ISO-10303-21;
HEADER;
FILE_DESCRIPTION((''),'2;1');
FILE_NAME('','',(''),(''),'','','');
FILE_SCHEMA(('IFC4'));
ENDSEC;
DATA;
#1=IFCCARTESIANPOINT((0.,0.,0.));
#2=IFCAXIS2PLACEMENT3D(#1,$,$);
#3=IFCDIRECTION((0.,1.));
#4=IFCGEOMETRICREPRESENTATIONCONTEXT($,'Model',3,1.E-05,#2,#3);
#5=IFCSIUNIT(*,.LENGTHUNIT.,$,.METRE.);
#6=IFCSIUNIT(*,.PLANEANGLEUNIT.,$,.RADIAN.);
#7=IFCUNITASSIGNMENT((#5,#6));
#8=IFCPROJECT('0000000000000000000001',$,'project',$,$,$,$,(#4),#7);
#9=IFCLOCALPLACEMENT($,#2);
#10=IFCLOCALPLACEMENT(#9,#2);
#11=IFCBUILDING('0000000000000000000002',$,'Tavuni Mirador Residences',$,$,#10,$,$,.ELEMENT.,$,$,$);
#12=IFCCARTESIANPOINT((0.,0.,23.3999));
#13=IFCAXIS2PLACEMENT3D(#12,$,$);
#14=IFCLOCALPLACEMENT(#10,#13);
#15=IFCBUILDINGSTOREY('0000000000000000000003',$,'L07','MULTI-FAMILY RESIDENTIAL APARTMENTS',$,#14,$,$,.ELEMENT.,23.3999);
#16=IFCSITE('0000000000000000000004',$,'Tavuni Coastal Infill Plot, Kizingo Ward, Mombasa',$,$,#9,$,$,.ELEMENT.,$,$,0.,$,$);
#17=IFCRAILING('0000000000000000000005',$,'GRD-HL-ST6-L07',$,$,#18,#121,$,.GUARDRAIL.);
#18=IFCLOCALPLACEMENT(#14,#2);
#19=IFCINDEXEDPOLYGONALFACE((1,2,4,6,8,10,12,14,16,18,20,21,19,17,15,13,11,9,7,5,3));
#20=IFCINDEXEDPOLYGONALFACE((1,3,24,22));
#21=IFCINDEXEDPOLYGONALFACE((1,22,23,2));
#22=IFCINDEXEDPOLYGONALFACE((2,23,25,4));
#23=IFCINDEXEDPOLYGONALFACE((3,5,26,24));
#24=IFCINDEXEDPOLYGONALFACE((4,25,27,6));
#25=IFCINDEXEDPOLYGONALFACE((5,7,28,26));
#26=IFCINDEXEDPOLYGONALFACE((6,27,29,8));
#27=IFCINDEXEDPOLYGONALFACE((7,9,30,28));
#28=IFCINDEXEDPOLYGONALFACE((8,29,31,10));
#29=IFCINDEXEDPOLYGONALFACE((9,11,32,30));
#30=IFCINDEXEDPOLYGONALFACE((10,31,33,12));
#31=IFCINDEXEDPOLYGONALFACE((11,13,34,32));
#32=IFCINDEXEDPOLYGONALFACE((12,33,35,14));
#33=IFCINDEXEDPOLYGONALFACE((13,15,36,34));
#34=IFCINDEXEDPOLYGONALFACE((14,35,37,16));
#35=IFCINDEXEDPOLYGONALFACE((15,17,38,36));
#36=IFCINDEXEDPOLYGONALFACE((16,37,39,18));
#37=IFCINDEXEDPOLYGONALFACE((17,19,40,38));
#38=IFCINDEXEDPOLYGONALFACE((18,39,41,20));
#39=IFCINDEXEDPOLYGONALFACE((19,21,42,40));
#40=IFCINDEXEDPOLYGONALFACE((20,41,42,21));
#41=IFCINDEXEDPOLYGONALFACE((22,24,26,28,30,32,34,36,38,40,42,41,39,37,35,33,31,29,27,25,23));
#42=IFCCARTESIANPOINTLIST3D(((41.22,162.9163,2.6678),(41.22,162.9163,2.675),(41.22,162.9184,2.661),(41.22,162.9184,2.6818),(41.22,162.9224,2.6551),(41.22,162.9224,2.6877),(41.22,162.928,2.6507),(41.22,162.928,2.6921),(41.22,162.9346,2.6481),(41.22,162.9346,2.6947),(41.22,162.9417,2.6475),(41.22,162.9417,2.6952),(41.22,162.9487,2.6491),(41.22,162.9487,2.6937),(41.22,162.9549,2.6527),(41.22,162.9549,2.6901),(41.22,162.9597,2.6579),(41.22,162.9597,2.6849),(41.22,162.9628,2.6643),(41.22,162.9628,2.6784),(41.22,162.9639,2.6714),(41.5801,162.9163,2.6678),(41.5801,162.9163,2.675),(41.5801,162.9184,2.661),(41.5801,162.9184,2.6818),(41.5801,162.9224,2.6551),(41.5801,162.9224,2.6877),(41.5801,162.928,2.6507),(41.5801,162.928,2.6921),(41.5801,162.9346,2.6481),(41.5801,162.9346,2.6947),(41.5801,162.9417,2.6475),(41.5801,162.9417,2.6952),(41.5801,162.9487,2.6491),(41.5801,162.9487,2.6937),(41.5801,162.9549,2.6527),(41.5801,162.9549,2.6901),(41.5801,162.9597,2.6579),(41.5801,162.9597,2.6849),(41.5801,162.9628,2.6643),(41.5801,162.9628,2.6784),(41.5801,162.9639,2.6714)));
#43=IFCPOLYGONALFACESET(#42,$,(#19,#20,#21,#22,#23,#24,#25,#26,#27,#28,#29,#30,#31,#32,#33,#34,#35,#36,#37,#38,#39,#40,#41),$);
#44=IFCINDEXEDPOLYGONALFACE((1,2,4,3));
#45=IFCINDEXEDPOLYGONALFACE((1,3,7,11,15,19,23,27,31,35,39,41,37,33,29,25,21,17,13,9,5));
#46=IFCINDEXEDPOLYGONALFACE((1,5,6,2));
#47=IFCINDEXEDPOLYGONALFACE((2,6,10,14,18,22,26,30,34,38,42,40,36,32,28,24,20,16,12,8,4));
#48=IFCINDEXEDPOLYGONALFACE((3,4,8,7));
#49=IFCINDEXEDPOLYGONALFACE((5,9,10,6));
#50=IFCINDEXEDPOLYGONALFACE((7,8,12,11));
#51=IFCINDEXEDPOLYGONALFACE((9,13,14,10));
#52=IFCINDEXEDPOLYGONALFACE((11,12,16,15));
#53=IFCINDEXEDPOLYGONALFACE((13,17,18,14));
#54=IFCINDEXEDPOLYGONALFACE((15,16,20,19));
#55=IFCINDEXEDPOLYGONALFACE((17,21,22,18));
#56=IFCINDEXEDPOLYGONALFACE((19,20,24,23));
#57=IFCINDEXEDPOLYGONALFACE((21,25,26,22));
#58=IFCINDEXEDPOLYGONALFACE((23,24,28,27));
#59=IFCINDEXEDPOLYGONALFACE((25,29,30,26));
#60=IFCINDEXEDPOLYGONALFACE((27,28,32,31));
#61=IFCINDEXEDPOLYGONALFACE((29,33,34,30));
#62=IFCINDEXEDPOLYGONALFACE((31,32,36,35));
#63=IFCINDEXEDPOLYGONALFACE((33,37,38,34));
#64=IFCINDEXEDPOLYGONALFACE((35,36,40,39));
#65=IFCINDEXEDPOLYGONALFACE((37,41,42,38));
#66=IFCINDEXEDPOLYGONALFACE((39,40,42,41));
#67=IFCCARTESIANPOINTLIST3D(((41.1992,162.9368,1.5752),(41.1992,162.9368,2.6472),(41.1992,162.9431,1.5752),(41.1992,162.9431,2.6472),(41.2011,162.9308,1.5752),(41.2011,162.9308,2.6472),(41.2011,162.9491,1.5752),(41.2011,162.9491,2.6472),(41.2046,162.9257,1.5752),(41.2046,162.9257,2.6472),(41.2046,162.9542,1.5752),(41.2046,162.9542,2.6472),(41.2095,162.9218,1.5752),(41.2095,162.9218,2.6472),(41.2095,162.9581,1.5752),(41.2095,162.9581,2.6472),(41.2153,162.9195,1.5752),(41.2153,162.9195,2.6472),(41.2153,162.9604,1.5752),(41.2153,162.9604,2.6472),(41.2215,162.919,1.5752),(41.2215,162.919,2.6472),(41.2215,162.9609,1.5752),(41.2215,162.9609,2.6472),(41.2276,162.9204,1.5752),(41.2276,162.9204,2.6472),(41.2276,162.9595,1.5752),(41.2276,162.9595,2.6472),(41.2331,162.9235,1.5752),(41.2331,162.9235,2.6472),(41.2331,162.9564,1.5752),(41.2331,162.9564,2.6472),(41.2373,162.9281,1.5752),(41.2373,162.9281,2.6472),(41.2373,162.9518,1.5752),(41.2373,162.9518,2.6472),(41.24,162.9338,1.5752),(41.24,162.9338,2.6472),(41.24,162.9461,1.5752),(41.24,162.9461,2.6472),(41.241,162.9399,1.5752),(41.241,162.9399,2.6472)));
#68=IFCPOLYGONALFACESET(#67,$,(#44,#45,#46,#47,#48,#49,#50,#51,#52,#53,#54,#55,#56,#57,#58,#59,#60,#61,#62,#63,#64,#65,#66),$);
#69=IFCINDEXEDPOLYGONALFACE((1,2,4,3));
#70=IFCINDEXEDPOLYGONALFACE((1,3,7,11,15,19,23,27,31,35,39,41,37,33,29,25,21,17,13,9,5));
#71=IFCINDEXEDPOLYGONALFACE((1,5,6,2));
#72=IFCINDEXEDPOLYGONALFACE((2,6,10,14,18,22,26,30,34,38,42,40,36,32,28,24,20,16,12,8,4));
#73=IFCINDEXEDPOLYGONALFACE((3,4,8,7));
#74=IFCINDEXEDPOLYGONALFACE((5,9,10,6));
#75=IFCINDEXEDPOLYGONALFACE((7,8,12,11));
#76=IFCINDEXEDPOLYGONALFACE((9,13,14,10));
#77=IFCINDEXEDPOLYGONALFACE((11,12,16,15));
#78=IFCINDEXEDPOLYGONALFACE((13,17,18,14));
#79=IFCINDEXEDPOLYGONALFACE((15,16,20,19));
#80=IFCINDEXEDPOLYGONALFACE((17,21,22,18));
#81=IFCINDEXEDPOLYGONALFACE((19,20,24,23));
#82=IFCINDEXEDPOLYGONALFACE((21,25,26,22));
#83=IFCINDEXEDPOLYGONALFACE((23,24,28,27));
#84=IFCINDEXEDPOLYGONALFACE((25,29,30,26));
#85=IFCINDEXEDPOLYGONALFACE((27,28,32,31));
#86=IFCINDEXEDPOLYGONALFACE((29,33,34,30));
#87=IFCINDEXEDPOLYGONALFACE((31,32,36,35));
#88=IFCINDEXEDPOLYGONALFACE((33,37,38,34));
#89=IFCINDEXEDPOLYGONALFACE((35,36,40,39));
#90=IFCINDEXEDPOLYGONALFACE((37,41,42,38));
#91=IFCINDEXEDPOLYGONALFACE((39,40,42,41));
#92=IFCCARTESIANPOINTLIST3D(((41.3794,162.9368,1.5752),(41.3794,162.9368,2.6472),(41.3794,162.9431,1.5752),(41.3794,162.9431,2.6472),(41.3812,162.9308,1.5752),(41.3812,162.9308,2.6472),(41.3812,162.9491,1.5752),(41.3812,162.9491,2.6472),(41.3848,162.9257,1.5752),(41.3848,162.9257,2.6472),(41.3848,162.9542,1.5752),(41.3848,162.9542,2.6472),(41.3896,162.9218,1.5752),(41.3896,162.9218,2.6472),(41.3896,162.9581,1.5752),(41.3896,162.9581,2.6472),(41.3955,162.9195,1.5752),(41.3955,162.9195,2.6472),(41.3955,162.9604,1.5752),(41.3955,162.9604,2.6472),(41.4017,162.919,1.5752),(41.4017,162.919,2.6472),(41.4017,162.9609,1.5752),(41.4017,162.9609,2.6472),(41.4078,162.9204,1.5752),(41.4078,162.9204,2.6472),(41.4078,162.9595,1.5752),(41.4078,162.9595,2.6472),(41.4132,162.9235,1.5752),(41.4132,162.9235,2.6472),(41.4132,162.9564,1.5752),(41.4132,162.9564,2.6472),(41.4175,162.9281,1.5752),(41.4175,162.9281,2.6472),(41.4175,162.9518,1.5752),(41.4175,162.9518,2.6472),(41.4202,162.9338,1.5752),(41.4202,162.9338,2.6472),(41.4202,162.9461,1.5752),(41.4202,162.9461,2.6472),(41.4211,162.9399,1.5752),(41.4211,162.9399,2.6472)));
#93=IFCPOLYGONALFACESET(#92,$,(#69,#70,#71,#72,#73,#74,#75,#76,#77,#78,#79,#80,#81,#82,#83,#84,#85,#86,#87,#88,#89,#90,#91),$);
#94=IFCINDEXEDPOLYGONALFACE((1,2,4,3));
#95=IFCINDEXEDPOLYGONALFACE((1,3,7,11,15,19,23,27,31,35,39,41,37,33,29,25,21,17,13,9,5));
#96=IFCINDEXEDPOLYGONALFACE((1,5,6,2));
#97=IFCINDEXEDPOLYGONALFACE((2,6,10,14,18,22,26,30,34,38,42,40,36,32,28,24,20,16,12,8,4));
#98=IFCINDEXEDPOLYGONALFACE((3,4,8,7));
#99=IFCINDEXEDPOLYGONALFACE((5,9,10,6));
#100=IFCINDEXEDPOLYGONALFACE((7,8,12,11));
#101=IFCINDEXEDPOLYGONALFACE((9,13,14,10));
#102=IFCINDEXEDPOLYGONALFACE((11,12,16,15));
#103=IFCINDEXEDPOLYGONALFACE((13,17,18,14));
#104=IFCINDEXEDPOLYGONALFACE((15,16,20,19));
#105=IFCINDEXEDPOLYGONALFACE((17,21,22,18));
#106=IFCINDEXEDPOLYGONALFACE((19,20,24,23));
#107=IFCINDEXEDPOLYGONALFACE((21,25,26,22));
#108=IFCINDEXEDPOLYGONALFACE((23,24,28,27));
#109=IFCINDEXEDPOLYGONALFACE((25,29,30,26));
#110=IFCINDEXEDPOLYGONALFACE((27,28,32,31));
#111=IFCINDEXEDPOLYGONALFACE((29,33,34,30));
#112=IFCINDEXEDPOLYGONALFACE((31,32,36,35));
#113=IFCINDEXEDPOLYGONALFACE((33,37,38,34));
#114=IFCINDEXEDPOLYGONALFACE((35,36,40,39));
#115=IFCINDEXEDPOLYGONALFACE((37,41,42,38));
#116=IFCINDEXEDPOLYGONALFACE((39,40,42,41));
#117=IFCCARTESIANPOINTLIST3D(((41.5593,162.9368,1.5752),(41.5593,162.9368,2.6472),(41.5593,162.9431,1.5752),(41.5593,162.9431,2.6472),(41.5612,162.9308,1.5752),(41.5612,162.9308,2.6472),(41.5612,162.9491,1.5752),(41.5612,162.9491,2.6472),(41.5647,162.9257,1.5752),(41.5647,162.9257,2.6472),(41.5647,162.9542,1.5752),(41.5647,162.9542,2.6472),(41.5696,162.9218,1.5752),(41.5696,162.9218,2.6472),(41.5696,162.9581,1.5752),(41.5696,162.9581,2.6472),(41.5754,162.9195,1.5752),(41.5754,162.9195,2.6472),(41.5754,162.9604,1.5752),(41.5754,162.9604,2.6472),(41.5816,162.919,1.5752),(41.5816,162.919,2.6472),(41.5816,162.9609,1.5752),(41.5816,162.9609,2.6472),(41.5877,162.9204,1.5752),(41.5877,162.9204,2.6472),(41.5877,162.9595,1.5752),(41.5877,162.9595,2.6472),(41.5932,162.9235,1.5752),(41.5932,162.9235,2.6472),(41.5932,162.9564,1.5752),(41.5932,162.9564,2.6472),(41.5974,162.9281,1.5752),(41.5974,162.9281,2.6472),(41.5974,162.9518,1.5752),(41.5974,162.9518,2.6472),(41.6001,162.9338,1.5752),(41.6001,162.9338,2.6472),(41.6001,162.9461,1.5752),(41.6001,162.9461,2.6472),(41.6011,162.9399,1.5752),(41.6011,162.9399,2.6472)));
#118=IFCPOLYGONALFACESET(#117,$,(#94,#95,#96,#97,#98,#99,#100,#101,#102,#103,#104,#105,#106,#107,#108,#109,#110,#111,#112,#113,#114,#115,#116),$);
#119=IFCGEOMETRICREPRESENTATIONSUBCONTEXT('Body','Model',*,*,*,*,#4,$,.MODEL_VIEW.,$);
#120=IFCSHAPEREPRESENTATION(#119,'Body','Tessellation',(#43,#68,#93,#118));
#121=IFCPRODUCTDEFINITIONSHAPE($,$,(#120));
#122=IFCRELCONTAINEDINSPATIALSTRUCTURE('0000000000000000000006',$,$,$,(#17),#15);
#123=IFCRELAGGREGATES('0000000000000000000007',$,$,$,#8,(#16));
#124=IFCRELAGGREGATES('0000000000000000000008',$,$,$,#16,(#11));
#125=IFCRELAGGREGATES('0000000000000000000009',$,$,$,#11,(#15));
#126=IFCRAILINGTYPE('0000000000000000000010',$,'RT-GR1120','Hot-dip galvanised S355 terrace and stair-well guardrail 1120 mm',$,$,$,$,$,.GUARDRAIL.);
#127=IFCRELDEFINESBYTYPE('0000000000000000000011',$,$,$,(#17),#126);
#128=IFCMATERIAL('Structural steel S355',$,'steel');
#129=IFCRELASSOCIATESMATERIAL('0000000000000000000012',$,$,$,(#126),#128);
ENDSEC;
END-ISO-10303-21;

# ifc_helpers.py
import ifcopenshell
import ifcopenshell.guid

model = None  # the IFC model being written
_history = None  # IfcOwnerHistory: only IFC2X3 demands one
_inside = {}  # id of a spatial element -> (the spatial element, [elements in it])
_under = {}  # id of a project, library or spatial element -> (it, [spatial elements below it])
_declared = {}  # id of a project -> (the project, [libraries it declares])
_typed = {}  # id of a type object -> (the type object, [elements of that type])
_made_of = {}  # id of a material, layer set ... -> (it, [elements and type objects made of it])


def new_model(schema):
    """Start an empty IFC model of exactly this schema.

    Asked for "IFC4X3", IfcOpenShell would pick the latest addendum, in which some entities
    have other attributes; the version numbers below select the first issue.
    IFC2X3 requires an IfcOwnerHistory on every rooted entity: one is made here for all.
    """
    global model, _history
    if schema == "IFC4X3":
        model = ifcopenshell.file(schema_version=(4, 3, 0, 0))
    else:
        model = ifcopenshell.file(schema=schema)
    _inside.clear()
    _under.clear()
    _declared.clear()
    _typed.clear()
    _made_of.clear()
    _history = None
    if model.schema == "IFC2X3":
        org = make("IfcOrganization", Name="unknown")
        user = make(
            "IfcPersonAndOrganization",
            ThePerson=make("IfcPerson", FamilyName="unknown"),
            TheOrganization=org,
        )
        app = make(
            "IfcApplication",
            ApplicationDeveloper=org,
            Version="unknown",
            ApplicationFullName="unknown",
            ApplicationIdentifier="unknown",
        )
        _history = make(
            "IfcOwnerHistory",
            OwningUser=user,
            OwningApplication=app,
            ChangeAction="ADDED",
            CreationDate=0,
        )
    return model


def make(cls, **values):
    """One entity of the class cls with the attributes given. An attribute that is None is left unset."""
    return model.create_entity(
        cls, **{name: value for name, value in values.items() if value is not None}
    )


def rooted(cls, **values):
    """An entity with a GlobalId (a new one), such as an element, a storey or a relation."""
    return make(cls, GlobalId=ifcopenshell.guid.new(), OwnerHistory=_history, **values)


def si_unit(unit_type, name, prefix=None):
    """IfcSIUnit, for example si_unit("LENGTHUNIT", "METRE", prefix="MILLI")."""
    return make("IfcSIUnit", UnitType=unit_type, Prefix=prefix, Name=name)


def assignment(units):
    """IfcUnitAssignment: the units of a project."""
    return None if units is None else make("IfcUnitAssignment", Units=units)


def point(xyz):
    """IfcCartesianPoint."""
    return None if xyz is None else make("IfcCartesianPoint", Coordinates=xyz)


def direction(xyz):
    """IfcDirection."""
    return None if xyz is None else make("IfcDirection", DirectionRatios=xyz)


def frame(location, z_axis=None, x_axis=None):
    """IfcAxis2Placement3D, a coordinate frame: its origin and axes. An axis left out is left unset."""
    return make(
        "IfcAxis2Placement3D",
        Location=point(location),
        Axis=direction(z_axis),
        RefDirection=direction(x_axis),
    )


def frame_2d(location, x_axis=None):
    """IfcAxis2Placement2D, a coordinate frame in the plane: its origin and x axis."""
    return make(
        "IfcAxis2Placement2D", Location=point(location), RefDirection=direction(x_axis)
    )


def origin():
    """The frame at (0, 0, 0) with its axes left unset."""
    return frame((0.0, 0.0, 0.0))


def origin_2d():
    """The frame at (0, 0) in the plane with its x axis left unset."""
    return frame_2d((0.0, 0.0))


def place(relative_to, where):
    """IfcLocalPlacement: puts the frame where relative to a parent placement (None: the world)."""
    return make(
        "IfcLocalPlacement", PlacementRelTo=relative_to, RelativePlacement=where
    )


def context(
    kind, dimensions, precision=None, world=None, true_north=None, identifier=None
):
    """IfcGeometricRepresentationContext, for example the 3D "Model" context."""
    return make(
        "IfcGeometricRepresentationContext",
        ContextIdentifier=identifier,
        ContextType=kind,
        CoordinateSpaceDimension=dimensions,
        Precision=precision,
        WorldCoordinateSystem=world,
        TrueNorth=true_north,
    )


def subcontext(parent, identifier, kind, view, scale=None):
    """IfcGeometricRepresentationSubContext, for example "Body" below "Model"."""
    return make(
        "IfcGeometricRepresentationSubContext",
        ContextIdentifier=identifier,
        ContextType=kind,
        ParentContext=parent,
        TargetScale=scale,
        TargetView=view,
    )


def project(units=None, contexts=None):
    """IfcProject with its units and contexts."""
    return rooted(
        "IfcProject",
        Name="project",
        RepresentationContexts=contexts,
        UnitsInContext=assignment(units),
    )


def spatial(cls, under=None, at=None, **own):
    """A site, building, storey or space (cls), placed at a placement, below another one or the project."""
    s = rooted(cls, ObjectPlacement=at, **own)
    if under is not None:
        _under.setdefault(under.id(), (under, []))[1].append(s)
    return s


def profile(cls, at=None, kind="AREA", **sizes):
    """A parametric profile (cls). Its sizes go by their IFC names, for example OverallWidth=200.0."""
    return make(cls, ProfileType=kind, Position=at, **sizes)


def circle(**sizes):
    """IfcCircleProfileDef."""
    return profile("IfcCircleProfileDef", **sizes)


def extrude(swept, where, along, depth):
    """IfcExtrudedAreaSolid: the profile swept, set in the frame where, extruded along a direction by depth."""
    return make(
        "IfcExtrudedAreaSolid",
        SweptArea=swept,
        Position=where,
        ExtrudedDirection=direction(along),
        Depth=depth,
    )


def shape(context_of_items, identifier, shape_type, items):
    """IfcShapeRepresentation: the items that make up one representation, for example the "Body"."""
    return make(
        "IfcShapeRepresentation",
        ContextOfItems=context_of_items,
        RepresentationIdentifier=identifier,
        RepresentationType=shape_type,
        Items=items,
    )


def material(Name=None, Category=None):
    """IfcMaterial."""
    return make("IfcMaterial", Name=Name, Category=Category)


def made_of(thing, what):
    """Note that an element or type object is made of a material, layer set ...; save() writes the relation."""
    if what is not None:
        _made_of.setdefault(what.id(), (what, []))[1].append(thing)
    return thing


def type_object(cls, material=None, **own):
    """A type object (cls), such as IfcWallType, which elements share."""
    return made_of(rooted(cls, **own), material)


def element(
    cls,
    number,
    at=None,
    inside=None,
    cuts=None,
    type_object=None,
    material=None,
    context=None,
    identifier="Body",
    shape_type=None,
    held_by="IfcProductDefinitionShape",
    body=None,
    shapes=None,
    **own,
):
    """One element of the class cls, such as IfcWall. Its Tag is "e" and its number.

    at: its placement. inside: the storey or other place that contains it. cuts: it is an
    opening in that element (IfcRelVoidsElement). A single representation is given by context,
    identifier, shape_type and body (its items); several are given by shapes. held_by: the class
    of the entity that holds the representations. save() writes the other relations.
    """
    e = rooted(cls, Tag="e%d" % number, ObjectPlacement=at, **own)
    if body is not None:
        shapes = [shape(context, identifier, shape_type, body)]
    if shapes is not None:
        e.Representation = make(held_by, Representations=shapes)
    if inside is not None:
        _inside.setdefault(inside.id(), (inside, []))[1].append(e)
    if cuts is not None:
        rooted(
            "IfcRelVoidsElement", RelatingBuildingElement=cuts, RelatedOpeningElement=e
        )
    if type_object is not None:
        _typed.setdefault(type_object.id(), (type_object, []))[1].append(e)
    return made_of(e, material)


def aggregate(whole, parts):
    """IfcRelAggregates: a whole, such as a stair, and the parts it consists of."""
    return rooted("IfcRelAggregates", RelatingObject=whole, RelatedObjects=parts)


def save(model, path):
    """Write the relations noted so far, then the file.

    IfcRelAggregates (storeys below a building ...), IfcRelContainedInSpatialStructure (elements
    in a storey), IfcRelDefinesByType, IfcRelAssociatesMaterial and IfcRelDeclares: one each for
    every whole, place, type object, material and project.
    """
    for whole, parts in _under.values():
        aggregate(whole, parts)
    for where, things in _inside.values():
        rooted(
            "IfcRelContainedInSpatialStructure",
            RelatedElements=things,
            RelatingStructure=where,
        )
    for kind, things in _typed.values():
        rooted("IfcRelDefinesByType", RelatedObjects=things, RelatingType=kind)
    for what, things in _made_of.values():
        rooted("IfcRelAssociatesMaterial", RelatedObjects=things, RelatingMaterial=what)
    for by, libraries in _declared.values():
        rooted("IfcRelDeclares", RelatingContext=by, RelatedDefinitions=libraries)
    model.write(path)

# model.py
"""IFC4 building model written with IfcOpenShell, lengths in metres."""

from ifc_helpers import new_model, si_unit, direction, frame, origin, origin_2d, place, context, subcontext, project, spatial, circle, extrude, material, type_object, element, save


model = new_model("IFC4")

# Units and contexts
model_context = context("Model", 3, precision=1e-05, world=origin(), true_north=direction((0.0, 1.0)))
body_context = subcontext(model_context, "Body", "Model", "MODEL_VIEW")
ifc_project = project(units=[si_unit("LENGTHUNIT", "METRE"), si_unit("PLANEANGLEUNIT", "RADIAN")], contexts=[model_context])

# Site, building, storey
site_placement = place(None, origin())
site = spatial("IfcSite", under=ifc_project, at=site_placement, Name="Tavuni Coastal Infill Plot, Kizingo Ward, Mombasa", CompositionType="ELEMENT", RefElevation=0.0)
building_placement = place(site_placement, origin())
building = spatial("IfcBuilding", under=site, at=building_placement, Name="Tavuni Mirador Residences", CompositionType="ELEMENT")
storey_placement = place(building_placement, frame((0.0, 0.0, 23.3999)))
storey = spatial("IfcBuildingStorey", under=building, at=storey_placement, Name="L07", Description="MULTI-FAMILY RESIDENTIAL APARTMENTS", CompositionType="ELEMENT", Elevation=23.3999)

# Shared definitions
ifc_material_1 = material(Name="Structural steel S355", Category="steel")

# Railing
railing_type_1 = type_object("IfcRailingType", Name="RT-GR1120", Description="Hot-dip galvanised S355 terrace and stair-well guardrail 1120 mm", PredefinedType="GUARDRAIL", material=ifc_material_1)
railing_1_placement = place(storey_placement, frame((41.22, 162.9399, 1.5752)))
element("IfcRailing", 1, at=railing_1_placement, inside=storey, type_object=railing_type_1, Name="GRD-HL-ST6-L07", PredefinedType="GUARDRAIL", context=body_context, shape_type="SweptSolid", body=[
    extrude(circle(Radius=0.0239, at=origin_2d()), frame((0.0, 0.0, 1.0962), z_axis=(1.0, 0.0, 0.0), x_axis=(0.0, 1.0, 0.0)), (0.0, 0.0, 1.0), 0.3601),
    extrude(circle(Radius=0.021, at=origin_2d()), origin(), (0.0, 0.0, 1.0), 1.072),
    extrude(circle(Radius=0.021, at=origin_2d()), frame((0.1802, 0.0, 0.0)), (0.0, 0.0, 1.0), 1.072),
    extrude(circle(Radius=0.021, at=origin_2d()), frame((0.3601, 0.0, 0.0)), (0.0, 0.0, 1.0), 1.072),
])

save(model, "model.ifc")
